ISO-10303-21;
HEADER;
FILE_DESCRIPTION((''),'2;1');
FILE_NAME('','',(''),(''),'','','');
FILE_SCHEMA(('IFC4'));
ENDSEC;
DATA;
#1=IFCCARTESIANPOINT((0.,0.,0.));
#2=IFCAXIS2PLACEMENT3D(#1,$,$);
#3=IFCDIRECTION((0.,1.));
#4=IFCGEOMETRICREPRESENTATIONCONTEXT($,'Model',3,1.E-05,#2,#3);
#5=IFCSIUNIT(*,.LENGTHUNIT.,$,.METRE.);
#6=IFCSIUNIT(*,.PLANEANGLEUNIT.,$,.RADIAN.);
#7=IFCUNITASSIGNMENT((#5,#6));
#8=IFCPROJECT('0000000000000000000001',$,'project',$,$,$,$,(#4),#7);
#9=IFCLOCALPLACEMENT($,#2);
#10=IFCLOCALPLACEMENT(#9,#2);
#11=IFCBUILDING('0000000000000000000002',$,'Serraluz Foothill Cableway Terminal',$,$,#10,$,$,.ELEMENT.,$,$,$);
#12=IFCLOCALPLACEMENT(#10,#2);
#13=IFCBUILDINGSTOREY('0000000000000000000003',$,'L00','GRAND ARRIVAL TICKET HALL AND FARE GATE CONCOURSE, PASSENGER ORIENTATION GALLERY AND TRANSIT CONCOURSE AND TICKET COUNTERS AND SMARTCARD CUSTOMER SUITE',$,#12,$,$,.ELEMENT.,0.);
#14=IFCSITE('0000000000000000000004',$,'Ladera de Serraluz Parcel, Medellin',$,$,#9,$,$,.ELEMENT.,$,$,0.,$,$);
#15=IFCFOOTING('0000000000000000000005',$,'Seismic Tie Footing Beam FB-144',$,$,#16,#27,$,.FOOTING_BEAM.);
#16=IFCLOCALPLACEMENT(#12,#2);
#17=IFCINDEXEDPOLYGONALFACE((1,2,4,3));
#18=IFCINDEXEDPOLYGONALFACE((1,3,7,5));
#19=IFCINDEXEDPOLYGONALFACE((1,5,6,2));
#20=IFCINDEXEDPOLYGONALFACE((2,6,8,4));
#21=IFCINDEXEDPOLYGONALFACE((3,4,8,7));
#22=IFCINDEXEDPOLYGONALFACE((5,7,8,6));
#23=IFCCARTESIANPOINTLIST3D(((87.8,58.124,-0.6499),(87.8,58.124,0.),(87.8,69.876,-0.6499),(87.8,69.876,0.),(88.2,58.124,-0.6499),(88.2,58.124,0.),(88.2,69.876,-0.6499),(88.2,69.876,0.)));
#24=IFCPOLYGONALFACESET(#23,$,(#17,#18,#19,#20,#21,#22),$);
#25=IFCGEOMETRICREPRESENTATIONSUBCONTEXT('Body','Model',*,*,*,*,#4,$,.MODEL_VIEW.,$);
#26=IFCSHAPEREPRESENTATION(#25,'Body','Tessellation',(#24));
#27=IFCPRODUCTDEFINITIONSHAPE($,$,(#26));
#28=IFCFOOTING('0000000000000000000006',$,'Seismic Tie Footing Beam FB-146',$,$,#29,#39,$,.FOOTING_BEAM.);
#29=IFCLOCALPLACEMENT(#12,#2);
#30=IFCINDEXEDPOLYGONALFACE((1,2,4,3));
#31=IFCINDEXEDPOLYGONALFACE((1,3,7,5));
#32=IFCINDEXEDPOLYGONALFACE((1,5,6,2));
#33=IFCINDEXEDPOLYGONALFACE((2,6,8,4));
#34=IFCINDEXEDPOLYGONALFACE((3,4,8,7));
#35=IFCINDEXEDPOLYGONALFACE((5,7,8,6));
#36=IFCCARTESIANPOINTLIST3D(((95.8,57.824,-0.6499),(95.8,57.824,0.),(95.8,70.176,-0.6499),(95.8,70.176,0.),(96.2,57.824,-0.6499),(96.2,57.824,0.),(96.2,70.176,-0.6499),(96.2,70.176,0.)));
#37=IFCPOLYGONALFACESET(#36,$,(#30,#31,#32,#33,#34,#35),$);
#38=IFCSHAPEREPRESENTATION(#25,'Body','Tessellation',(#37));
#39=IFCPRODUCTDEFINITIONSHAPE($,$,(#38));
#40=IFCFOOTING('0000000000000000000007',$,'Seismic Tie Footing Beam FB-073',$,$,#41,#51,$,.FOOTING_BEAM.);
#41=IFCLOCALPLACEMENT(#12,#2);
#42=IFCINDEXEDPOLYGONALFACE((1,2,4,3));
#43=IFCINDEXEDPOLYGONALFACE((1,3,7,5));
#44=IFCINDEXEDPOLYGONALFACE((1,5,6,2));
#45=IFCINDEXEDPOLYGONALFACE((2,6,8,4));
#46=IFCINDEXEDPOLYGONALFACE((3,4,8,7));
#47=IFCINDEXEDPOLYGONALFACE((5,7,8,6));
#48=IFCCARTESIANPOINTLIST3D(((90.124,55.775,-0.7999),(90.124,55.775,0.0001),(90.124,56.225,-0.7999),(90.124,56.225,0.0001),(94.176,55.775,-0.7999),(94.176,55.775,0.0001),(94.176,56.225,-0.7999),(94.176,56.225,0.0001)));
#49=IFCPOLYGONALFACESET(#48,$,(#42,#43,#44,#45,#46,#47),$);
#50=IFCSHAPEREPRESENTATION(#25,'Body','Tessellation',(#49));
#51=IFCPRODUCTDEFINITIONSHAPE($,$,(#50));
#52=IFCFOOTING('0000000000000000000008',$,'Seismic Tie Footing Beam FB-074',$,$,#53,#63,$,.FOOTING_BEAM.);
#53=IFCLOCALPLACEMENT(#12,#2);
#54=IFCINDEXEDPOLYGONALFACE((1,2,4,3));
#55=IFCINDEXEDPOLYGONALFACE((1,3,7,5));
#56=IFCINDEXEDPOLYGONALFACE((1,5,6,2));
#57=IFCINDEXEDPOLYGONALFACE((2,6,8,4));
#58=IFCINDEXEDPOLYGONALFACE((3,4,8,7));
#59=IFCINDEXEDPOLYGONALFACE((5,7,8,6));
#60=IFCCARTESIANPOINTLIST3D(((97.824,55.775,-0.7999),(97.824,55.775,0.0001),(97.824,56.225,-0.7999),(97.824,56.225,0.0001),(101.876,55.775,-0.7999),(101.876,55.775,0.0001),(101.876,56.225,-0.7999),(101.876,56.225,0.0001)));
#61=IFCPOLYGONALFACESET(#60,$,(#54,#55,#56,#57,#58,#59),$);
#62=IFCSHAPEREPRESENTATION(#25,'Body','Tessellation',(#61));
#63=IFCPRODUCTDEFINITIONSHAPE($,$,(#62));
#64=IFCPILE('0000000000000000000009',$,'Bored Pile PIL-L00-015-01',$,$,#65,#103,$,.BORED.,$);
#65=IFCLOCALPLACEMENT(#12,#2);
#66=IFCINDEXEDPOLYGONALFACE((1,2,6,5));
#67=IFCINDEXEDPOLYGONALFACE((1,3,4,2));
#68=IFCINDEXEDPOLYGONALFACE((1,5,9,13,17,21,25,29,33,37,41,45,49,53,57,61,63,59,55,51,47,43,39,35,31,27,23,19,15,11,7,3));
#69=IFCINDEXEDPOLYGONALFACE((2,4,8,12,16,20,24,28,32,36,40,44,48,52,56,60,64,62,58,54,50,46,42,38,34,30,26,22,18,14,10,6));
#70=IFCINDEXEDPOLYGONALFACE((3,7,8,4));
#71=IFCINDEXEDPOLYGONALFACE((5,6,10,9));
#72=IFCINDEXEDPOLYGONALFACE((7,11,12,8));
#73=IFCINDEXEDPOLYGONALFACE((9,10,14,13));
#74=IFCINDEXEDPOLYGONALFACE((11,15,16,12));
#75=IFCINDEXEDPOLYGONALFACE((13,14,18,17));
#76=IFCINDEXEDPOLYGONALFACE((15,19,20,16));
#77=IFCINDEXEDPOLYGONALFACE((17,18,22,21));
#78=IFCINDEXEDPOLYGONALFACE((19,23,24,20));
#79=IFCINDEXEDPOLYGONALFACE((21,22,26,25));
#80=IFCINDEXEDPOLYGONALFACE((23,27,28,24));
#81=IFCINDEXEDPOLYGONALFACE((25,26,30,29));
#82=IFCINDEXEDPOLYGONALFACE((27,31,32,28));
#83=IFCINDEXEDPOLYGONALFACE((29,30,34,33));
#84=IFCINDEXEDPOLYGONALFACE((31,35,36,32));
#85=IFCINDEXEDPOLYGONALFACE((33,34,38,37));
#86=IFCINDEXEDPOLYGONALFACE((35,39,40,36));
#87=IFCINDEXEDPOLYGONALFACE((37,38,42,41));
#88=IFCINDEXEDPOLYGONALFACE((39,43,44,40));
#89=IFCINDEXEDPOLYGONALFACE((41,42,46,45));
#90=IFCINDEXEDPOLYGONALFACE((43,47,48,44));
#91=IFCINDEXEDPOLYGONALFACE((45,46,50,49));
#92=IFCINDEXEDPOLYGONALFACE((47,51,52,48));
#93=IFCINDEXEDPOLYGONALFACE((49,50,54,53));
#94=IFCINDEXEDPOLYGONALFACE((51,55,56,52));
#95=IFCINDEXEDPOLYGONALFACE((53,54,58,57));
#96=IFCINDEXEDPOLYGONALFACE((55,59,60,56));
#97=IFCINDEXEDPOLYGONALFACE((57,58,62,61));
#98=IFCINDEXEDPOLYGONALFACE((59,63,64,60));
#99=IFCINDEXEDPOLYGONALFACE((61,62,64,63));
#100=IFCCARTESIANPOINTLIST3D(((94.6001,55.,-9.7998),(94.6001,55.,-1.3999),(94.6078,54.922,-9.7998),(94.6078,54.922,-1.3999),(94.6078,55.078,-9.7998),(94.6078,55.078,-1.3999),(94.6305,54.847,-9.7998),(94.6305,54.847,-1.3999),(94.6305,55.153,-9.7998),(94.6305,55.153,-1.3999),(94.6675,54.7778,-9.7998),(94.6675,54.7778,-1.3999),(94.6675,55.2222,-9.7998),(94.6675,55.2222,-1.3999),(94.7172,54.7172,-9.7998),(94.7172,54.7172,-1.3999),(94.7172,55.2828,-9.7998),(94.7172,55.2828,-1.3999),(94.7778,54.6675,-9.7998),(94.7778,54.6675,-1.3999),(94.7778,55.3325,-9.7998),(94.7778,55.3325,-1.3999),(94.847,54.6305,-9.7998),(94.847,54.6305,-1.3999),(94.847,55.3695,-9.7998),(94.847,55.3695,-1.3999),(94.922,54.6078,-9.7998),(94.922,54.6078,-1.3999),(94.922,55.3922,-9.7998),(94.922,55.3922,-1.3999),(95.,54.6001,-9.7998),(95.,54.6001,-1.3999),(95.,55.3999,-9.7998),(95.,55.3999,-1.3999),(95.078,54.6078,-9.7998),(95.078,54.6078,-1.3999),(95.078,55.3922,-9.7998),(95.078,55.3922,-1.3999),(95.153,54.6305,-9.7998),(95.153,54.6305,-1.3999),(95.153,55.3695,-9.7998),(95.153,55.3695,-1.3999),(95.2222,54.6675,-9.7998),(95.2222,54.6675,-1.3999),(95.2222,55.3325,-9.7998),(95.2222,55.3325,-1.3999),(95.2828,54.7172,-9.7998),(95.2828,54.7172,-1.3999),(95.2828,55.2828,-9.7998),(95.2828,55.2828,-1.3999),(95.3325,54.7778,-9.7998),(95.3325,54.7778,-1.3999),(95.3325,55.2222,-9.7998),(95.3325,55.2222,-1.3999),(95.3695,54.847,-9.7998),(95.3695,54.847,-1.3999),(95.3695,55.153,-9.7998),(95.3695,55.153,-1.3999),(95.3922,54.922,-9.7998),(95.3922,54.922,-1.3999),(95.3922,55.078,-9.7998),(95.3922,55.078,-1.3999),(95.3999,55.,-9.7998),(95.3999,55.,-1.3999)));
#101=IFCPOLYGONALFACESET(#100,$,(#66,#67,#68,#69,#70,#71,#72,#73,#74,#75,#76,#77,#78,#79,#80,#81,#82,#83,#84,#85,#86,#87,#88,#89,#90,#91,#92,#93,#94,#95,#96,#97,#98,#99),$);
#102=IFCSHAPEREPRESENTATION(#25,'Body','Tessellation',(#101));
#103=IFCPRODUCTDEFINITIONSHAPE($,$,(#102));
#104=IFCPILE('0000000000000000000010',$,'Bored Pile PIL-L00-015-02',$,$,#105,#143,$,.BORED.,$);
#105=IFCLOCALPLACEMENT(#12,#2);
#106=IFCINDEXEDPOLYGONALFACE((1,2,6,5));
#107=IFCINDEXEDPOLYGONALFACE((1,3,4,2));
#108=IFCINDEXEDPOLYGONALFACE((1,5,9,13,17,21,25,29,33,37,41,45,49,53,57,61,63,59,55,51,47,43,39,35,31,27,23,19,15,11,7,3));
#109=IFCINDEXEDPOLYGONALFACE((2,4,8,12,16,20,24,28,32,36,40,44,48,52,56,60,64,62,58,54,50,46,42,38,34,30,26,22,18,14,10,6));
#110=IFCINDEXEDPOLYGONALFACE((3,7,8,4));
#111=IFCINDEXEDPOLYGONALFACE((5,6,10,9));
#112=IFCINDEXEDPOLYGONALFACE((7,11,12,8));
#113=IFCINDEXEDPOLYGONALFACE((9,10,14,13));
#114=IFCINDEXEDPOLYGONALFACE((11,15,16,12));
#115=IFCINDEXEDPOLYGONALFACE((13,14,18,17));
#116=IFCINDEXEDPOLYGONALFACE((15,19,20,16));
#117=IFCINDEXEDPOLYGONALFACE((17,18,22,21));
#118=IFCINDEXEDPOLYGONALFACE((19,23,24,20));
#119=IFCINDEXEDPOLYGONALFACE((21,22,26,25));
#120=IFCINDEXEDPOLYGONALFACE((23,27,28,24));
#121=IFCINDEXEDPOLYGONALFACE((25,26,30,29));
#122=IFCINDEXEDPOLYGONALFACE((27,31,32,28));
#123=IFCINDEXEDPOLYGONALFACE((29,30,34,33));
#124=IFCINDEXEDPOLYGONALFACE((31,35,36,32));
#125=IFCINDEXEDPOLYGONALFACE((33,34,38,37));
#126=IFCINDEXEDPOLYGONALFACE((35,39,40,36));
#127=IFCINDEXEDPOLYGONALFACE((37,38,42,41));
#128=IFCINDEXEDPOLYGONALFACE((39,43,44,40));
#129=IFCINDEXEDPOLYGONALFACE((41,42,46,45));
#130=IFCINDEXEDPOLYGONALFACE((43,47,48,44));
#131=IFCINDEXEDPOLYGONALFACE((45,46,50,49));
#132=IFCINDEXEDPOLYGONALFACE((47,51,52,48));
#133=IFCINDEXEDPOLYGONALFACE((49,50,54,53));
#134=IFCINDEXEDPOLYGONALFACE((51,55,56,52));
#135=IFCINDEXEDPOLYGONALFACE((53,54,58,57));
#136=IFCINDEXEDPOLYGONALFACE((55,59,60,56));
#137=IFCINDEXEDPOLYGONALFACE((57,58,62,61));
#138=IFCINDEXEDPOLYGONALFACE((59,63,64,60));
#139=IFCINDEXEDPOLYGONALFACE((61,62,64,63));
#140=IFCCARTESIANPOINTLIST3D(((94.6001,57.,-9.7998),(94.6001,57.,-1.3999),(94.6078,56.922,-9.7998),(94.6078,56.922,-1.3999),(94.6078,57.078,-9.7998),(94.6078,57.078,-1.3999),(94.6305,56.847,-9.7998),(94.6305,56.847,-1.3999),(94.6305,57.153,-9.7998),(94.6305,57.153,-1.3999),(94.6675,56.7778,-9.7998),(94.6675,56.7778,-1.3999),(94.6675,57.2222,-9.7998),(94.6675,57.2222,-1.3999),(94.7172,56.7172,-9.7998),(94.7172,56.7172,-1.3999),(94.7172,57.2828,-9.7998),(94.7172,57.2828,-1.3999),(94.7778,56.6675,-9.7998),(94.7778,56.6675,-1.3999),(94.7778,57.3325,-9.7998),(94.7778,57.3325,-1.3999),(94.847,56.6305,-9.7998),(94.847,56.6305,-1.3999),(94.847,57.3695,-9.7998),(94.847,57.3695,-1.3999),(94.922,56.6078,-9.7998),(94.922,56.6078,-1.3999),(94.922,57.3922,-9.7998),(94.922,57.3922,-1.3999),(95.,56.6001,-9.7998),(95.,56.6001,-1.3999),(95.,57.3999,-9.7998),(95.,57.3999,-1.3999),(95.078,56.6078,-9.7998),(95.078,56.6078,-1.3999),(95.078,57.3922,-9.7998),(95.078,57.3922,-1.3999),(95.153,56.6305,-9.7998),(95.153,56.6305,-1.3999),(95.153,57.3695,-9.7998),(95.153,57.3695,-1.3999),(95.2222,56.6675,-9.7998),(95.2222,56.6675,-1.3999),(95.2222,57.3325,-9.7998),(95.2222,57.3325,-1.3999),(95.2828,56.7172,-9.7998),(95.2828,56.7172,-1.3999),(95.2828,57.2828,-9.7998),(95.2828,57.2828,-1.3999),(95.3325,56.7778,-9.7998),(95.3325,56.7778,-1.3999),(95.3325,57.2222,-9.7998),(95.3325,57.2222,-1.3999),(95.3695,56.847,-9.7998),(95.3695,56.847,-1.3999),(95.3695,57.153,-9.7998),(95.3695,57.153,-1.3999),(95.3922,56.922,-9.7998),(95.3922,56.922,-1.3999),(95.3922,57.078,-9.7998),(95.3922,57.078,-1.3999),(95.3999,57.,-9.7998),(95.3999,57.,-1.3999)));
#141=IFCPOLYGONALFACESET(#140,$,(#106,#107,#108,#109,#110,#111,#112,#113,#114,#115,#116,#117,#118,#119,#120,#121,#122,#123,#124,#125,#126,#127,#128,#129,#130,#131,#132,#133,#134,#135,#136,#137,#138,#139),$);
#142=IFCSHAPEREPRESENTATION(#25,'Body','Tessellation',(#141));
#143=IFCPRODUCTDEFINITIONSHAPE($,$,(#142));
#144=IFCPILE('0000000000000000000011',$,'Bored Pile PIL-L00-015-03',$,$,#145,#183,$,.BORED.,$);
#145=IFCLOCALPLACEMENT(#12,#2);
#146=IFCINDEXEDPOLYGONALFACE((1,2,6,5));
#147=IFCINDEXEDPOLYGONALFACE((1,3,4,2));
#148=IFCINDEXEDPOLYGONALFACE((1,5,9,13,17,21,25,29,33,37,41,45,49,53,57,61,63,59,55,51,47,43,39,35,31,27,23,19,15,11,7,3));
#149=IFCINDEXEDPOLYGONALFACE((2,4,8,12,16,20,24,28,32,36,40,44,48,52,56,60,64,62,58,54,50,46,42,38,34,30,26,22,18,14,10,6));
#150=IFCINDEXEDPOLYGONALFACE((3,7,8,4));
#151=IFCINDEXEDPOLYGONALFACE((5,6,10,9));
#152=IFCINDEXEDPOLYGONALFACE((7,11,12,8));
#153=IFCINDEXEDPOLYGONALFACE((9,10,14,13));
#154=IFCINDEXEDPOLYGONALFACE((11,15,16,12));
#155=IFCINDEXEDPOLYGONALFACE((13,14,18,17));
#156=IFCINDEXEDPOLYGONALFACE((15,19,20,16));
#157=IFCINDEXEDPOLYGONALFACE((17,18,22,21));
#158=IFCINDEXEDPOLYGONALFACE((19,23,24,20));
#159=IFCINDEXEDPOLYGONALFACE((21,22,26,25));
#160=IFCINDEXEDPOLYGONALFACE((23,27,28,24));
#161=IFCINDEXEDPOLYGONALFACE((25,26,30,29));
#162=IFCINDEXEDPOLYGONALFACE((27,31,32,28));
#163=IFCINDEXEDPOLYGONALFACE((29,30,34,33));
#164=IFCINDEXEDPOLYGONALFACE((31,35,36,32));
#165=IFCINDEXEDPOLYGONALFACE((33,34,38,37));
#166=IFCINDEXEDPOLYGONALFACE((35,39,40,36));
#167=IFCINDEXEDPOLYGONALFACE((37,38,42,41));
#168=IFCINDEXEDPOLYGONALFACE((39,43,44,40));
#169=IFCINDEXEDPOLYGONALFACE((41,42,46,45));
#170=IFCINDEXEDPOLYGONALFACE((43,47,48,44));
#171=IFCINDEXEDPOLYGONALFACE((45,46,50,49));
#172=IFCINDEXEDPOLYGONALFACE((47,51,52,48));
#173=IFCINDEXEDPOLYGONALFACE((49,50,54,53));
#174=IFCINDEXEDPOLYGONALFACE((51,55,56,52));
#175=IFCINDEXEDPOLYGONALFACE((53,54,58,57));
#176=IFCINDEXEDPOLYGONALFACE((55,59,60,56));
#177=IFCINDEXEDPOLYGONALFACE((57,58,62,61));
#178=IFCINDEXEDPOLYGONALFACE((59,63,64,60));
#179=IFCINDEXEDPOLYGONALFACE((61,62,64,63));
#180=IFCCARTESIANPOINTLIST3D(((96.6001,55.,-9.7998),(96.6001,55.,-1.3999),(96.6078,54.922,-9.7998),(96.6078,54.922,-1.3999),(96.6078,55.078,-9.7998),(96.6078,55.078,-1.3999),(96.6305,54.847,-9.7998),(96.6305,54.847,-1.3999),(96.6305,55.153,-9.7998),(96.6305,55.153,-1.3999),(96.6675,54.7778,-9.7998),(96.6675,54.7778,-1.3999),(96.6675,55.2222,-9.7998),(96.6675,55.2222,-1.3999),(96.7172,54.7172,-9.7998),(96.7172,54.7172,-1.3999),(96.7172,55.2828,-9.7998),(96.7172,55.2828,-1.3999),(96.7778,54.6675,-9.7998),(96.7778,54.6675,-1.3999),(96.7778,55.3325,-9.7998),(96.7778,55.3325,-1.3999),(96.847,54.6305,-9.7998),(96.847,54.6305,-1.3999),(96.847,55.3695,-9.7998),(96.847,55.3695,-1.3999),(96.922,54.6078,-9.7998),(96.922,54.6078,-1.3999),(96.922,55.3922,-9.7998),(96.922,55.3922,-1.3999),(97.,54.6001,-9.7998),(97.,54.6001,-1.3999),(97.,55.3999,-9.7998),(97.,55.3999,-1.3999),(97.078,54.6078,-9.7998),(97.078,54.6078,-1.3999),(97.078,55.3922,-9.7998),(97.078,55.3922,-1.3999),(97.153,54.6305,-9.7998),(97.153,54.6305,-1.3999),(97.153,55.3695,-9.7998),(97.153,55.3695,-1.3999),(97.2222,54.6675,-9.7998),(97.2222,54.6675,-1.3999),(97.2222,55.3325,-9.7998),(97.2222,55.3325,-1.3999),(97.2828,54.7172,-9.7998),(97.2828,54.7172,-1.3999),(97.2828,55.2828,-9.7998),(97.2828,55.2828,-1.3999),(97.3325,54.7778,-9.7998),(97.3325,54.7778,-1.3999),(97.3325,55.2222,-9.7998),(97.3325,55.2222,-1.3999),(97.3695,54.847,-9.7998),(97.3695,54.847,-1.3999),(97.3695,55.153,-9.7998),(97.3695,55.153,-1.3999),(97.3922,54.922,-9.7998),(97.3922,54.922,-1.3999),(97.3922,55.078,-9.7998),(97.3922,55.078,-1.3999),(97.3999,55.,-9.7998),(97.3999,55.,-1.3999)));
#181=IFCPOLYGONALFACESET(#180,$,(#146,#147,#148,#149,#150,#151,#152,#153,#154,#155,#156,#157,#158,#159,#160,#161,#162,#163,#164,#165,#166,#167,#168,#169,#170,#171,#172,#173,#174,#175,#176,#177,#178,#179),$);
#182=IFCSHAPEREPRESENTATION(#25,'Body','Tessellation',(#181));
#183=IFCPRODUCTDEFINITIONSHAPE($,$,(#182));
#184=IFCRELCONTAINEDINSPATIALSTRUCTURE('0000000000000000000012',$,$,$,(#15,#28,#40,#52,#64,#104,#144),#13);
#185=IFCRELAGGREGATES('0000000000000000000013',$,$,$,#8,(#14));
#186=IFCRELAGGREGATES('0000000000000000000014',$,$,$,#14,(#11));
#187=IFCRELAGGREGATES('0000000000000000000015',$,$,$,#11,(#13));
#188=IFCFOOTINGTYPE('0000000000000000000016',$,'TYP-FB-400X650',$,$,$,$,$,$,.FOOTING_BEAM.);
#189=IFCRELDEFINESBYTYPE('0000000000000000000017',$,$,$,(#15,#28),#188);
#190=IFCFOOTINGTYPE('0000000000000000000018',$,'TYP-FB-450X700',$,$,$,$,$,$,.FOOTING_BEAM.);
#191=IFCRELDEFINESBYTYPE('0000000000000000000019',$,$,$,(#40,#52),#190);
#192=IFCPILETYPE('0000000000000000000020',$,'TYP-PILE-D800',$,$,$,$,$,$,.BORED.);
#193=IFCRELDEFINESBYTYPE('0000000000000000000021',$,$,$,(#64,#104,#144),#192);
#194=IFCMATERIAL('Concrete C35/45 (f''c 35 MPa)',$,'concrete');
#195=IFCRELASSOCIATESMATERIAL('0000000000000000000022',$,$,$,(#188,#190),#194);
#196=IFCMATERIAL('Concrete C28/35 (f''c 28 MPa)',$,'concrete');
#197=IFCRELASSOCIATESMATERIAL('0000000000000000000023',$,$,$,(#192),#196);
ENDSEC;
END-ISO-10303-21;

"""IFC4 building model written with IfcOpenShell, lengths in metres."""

from ifc_helpers import new_model, si_unit, direction, frame, origin, origin_2d, place, context, subcontext, project, spatial, rectangle, circle, extrude, material, material_profile, profile_set, type_object, element, save


model = new_model("IFC4")

# Units and contexts
model_context = context("Model", 3, precision=1e-05, world=origin(), true_north=direction((0.0, 1.0)))
body_context = subcontext(model_context, "Body", "Model", "MODEL_VIEW")
ifc_project = project(units=[si_unit("LENGTHUNIT", "METRE"), si_unit("PLANEANGLEUNIT", "RADIAN")], contexts=[model_context])

# Site, building, storey
site_placement = place(None, origin())
site = spatial("IfcSite", under=ifc_project, at=site_placement, Name="Ladera de Serraluz Parcel, Medellin", CompositionType="ELEMENT", RefElevation=0.0)
building_placement = place(site_placement, origin())
building = spatial("IfcBuilding", under=site, at=building_placement, Name="Serraluz Foothill Cableway Terminal", CompositionType="ELEMENT")
storey_placement = place(building_placement, origin())
storey = spatial("IfcBuildingStorey", under=building, at=storey_placement, Name="L00", Description="GRAND ARRIVAL TICKET HALL AND FARE GATE CONCOURSE, PASSENGER ORIENTATION GALLERY AND TRANSIT CONCOURSE AND TICKET COUNTERS AND SMARTCARD CUSTOMER SUITE", CompositionType="ELEMENT", Elevation=0.0)

# Footings
ifc_material_1 = material(Name="Concrete C35/45 (f'c 35 MPa)", Category="concrete")
ifc_material_profile_1 = material_profile(ifc_material_1, rectangle(XDim=0.3999, YDim=0.6499, at=origin_2d()), Name="RC 400x650")
ifc_profile_set_1 = profile_set([ifc_material_profile_1], Name="Concrete C35/45 (f'c 35 MPa)")
footing_type_1 = type_object("IfcFootingType", Name="TYP-FB-400X650", PredefinedType="FOOTING_BEAM", material=ifc_profile_set_1)
footing_1_placement = place(storey_placement, frame((88.0, 58.124, -0.325), z_axis=(0.0, 1.0, 0.0), x_axis=(-1.0, 0.0, 0.0)))
element("IfcFooting", 1, at=footing_1_placement, inside=storey, type_object=footing_type_1, Name="Seismic Tie Footing Beam FB-144", PredefinedType="FOOTING_BEAM", context=body_context, shape_type="SweptSolid", body=[
    extrude(rectangle(XDim=0.3999, YDim=0.6499, at=origin_2d()), origin(), (0.0, 0.0, 1.0), 11.752),
])
footing_2_placement = place(storey_placement, frame((96.0, 57.824, -0.325), z_axis=(0.0, 1.0, 0.0), x_axis=(-1.0, 0.0, 0.0)))
element("IfcFooting", 2, at=footing_2_placement, inside=storey, type_object=footing_type_1, Name="Seismic Tie Footing Beam FB-146", PredefinedType="FOOTING_BEAM", context=body_context, shape_type="SweptSolid", body=[
    extrude(rectangle(XDim=0.3999, YDim=0.6499, at=origin_2d()), origin(), (0.0, 0.0, 1.0), 12.3521),
])
ifc_material_profile_2 = material_profile(ifc_material_1, rectangle(XDim=0.45, YDim=0.8, at=origin_2d()), Name="RC 450x800")
ifc_profile_set_2 = profile_set([ifc_material_profile_2], Name="Concrete C35/45 (f'c 35 MPa)")
footing_type_2 = type_object("IfcFootingType", Name="TYP-FB-450X700", PredefinedType="FOOTING_BEAM", material=ifc_profile_set_2)
for number, where, z_axis, x_axis, name in (
    (3, (90.124, 56.0, -0.3999), (1.0, 0.0, 0.0), (0.0, 1.0, 0.0), "Seismic Tie Footing Beam FB-073"),
    (4, (97.824, 56.0, -0.3999), (1.0, 0.0, 0.0), (0.0, 1.0, 0.0), "Seismic Tie Footing Beam FB-074"),
):
    element("IfcFooting", number, at=place(storey_placement, frame(where, z_axis=z_axis, x_axis=x_axis)), inside=storey, type_object=footing_type_2, Name=name, PredefinedType="FOOTING_BEAM", context=body_context, shape_type="SweptSolid", body=[
        extrude(rectangle(XDim=0.45, YDim=0.8, at=origin_2d()), origin(), (0.0, 0.0, 1.0), 4.052),
    ])

# Piles
ifc_material_2 = material(Name="Concrete C28/35 (f'c 28 MPa)", Category="concrete")
ifc_material_profile_3 = material_profile(ifc_material_2, circle(Radius=0.3999, at=origin_2d()), Name="BORED PILE D800")
ifc_profile_set_3 = profile_set([ifc_material_profile_3], Name="Concrete C28/35 (f'c 28 MPa)")
pile_type_1 = type_object("IfcPileType", Name="TYP-PILE-D800", PredefinedType="BORED", material=ifc_profile_set_3)
for number, where, z_axis, x_axis, name in (
    (5, (95.0, 55.0, -1.3999), (0.0, 0.0, -1.0), (1.0, 0.0, 0.0), "Bored Pile PIL-L00-015-01"),
    (6, (95.0, 57.0, -1.3999), (0.0, 0.0, -1.0), (1.0, 0.0, 0.0), "Bored Pile PIL-L00-015-02"),
    (7, (97.0, 55.0, -1.3999), (0.0, 0.0, -1.0), (1.0, 0.0, 0.0), "Bored Pile PIL-L00-015-03"),
):
    element("IfcPile", number, at=place(storey_placement, frame(where, z_axis=z_axis, x_axis=x_axis)), inside=storey, type_object=pile_type_1, Name=name, PredefinedType="BORED", context=body_context, shape_type="SweptSolid", body=[
        extrude(circle(Radius=0.3999, at=origin_2d()), origin(), (0.0, 0.0, 1.0), 8.3999),
    ])

save(model, "model.ifc")
